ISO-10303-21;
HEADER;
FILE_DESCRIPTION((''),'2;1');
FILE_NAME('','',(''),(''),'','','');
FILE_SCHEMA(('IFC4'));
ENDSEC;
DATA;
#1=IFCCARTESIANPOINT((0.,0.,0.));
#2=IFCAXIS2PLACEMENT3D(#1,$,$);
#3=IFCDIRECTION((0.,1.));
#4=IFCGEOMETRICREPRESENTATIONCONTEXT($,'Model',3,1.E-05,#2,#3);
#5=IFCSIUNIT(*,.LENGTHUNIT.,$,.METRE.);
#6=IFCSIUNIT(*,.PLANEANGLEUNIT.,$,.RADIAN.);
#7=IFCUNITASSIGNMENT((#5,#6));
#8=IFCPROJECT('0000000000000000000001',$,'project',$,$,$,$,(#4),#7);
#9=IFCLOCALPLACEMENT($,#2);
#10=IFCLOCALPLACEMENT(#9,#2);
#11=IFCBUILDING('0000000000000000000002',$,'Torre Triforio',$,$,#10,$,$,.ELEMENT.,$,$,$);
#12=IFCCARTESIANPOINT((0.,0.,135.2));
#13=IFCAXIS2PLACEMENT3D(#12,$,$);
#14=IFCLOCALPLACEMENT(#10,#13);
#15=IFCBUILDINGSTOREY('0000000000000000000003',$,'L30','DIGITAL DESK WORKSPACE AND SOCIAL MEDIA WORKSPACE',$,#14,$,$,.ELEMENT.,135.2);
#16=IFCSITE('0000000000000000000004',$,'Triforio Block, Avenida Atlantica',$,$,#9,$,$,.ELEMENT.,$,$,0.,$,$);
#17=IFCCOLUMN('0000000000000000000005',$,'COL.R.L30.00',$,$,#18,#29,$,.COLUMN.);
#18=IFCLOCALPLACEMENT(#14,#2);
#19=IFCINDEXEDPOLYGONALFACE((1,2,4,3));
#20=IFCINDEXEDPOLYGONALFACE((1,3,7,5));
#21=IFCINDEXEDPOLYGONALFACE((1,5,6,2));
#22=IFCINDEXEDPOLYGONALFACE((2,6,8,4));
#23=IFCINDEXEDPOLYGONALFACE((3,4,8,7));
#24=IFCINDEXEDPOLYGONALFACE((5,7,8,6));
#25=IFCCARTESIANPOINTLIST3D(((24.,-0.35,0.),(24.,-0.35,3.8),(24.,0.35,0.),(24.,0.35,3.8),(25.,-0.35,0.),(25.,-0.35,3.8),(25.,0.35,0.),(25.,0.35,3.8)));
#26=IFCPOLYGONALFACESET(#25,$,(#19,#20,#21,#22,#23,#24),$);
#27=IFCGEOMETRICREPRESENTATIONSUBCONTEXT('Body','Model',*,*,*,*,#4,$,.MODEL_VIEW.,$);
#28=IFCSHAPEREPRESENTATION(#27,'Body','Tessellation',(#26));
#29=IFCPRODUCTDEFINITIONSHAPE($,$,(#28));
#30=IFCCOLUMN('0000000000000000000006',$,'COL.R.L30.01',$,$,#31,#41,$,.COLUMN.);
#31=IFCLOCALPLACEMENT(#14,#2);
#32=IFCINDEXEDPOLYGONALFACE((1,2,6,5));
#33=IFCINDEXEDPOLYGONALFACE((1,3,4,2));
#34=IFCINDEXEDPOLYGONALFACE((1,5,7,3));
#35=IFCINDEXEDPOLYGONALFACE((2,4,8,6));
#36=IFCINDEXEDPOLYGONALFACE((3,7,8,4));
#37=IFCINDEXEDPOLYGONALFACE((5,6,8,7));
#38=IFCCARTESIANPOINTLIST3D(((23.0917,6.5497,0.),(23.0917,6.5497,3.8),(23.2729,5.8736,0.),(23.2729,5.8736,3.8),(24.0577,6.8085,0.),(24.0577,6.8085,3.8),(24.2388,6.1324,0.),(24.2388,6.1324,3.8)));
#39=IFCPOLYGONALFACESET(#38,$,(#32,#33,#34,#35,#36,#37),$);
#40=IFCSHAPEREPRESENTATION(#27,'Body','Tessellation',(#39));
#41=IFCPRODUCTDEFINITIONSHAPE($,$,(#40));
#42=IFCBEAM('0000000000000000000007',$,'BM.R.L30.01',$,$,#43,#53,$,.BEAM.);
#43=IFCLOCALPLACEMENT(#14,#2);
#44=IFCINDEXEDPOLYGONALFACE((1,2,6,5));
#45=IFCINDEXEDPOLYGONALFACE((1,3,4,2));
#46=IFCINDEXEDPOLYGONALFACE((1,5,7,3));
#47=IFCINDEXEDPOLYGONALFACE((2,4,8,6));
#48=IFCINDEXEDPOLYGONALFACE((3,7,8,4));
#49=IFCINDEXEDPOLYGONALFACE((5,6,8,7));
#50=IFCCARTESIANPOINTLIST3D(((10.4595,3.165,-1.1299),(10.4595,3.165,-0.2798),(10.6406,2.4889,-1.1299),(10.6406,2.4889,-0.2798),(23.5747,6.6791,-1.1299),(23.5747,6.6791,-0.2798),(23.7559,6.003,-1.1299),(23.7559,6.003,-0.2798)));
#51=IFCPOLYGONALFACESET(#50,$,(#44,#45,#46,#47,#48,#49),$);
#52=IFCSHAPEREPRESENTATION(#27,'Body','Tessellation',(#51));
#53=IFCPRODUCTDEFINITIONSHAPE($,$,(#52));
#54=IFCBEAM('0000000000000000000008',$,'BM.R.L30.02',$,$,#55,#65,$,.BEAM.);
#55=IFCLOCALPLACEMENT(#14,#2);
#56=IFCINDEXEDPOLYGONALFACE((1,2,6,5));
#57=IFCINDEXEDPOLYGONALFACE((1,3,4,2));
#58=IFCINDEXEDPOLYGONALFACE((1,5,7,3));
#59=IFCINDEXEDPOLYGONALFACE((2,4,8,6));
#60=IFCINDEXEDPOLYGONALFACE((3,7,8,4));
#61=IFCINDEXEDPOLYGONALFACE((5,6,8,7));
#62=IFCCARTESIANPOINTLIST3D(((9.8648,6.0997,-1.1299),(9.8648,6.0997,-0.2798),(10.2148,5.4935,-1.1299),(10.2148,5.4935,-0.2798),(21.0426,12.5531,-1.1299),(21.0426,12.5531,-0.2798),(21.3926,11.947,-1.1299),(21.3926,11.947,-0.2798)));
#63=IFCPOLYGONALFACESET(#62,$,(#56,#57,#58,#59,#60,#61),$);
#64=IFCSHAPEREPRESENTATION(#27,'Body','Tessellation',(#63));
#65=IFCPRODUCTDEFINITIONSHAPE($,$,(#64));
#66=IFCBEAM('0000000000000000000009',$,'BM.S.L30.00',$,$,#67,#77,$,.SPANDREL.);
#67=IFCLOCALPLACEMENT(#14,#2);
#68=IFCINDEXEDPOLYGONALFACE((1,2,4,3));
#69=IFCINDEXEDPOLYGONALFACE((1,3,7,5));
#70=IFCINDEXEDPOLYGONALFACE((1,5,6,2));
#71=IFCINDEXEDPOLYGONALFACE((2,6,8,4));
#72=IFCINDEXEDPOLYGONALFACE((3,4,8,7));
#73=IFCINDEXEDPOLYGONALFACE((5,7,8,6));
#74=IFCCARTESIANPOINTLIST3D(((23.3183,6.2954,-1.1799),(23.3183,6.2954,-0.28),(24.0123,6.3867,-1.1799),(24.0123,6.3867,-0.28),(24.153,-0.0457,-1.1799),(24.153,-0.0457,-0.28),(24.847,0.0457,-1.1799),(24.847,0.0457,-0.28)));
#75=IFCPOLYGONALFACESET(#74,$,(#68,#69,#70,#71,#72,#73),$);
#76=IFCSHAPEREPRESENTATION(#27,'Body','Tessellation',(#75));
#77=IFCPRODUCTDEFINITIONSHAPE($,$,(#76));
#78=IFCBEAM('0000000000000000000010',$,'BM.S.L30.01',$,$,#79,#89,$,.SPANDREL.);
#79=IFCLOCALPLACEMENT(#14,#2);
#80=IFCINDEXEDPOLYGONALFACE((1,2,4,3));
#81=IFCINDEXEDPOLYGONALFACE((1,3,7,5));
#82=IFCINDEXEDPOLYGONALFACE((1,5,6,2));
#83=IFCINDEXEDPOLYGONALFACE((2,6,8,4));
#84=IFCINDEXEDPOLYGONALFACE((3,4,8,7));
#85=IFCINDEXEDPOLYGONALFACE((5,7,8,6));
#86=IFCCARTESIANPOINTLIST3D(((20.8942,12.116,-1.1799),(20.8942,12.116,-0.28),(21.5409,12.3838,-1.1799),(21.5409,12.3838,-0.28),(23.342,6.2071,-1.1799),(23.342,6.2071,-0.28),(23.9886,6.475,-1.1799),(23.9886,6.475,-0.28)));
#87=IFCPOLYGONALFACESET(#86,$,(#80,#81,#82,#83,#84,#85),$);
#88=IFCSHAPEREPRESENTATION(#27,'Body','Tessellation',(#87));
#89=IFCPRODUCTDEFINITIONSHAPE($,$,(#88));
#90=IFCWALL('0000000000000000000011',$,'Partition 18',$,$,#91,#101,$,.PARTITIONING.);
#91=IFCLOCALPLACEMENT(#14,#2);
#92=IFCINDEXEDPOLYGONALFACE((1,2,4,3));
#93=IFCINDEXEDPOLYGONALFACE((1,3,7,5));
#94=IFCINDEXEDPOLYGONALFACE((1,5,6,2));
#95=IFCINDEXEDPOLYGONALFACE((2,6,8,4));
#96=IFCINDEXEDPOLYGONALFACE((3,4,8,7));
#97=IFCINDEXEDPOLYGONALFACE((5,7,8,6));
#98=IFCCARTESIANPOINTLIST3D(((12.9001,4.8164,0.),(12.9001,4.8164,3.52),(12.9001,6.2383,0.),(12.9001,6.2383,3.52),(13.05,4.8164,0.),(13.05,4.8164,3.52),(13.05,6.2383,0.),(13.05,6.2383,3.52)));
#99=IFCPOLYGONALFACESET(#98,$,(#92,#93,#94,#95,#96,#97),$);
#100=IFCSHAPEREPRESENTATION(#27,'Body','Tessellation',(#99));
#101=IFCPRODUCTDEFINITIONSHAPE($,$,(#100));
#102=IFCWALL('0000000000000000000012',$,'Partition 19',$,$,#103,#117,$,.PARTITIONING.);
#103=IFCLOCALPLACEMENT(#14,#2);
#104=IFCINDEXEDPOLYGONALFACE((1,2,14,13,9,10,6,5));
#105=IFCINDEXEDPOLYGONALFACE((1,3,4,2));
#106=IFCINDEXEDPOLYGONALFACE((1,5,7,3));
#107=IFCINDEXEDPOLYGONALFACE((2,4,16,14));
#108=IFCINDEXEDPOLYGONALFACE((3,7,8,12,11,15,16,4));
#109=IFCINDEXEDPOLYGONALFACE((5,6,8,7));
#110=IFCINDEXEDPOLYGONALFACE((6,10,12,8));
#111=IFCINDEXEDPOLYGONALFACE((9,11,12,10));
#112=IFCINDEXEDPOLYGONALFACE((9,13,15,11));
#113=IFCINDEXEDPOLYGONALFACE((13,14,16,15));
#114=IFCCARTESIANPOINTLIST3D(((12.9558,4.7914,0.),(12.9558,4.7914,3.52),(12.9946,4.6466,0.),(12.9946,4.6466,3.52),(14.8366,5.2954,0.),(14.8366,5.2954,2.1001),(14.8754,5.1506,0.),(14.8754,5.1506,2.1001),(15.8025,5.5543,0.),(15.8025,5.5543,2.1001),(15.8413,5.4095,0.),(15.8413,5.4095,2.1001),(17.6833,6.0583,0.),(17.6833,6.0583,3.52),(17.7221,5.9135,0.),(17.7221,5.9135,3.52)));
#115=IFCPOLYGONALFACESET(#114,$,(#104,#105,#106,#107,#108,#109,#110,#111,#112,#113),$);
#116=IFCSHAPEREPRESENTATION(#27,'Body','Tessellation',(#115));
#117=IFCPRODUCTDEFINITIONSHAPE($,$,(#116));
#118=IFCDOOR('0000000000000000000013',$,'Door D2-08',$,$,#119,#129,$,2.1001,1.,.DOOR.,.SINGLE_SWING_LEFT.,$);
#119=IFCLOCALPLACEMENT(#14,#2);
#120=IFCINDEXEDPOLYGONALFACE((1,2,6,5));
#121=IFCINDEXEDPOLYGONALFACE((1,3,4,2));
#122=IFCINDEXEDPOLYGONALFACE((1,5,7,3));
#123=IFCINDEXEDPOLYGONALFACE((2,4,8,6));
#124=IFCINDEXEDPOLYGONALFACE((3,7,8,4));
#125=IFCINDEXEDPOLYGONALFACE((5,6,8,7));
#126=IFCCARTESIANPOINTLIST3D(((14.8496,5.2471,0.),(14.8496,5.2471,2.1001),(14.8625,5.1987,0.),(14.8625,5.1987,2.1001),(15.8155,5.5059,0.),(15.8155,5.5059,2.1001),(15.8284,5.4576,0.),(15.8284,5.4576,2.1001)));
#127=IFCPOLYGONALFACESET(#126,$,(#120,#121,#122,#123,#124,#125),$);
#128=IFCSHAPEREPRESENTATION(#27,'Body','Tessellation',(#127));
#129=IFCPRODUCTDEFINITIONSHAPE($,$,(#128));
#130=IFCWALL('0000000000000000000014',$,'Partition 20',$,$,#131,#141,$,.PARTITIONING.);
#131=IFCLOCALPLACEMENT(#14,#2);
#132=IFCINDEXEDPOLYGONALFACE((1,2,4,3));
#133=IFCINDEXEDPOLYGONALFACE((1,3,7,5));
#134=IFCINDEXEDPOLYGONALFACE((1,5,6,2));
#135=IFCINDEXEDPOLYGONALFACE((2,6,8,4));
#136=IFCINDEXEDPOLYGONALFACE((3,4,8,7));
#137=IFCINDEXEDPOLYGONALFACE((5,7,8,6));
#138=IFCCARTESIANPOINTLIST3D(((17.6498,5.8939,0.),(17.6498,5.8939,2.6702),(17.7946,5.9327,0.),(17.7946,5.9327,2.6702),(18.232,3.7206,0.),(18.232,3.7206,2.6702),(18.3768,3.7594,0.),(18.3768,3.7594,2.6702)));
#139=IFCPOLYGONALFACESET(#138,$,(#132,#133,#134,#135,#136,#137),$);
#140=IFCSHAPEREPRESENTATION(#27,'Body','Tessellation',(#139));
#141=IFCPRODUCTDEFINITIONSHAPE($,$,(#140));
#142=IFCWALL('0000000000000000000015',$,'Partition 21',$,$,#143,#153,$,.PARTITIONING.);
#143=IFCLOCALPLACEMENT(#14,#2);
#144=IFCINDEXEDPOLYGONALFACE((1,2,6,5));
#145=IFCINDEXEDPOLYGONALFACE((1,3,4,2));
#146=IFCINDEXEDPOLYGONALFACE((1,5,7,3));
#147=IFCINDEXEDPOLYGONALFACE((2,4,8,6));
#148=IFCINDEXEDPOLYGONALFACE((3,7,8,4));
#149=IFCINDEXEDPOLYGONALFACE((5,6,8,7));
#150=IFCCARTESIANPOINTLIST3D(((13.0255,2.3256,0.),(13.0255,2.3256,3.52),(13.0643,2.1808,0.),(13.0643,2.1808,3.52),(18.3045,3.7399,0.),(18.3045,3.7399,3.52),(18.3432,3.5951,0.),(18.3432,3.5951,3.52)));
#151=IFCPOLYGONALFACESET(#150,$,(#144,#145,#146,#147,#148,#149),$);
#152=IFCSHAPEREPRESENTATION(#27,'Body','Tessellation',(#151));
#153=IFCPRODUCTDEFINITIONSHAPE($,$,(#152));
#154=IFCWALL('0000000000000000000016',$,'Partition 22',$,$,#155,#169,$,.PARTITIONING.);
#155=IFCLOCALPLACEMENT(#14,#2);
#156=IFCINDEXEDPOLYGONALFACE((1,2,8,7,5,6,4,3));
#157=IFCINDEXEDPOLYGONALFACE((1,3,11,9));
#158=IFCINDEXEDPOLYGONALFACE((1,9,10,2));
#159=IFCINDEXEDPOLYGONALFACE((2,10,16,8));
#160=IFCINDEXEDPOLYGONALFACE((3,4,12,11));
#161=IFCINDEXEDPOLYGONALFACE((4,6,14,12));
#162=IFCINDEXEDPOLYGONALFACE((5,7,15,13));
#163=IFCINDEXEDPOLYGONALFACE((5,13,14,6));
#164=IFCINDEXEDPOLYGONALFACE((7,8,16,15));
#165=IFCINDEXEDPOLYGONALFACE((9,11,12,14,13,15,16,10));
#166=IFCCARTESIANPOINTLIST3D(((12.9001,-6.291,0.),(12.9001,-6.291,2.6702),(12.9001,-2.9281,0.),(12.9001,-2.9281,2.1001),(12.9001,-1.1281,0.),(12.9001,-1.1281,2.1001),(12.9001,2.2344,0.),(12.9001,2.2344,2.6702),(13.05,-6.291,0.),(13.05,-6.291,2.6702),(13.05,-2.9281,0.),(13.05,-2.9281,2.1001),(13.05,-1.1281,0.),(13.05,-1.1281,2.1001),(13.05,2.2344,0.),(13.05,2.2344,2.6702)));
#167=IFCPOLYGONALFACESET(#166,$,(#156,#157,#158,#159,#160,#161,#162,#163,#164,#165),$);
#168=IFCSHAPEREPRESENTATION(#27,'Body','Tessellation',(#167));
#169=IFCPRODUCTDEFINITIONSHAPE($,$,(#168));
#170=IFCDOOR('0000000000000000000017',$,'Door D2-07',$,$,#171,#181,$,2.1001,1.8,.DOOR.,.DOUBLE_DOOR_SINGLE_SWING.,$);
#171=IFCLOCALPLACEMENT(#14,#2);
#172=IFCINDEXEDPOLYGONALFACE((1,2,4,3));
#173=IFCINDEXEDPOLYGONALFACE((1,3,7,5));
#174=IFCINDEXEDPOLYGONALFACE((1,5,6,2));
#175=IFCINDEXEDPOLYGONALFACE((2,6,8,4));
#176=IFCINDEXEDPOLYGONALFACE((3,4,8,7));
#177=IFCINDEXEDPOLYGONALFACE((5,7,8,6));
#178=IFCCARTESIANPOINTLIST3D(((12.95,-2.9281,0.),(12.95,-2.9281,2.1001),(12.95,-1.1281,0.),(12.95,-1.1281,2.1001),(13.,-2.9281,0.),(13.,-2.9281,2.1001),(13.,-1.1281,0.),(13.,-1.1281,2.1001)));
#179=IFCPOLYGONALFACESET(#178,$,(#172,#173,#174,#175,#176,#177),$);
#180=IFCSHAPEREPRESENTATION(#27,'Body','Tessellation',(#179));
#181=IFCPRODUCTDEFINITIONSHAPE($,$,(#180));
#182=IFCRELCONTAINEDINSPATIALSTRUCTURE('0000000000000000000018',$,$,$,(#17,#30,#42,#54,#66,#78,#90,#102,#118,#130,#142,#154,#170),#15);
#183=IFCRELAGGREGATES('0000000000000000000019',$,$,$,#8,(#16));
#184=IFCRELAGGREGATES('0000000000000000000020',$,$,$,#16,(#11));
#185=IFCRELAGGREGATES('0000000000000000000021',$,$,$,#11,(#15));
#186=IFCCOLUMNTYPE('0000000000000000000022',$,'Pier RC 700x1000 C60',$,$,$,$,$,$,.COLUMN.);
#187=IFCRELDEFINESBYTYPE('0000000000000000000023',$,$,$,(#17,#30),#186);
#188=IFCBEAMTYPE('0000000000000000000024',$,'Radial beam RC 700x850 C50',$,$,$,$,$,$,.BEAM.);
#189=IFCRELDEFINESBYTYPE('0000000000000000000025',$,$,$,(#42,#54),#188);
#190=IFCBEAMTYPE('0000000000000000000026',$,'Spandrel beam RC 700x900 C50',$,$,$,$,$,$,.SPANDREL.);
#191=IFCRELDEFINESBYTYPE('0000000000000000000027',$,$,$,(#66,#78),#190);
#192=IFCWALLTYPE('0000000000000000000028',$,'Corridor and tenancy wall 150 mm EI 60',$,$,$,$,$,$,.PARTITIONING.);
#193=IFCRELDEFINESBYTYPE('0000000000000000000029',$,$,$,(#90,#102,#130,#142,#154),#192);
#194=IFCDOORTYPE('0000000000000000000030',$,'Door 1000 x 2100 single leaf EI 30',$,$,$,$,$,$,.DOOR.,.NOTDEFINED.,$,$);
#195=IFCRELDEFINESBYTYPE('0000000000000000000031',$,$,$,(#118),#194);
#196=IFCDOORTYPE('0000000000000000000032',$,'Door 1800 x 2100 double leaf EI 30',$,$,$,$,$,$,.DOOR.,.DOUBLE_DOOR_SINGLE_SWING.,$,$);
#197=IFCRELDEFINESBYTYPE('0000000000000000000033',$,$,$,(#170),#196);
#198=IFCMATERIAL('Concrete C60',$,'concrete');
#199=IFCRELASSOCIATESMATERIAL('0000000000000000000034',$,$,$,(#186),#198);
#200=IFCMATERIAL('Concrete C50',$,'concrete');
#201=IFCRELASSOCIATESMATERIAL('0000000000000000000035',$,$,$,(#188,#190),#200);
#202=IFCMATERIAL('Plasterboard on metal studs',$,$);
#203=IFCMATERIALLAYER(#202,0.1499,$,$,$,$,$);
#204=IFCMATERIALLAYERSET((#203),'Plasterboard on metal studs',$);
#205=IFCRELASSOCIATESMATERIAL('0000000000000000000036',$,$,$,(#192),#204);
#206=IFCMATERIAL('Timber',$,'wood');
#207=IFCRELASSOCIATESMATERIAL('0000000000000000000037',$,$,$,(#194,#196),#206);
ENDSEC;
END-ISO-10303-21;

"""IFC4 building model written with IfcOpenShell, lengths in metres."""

from ifc_helpers import new_model, si_unit, direction, frame, frame_2d, origin, origin_2d, place, context, subcontext, project, spatial, rectangle, extrude, material, layer, layer_set, material_profile, profile_set, type_object, element, fill, save


model = new_model("IFC4")

# Units and contexts
model_context = context("Model", 3, precision=1e-05, world=origin(), true_north=direction((0.0, 1.0)))
body_context = subcontext(model_context, "Body", "Model", "MODEL_VIEW")
ifc_project = project(units=[si_unit("LENGTHUNIT", "METRE"), si_unit("PLANEANGLEUNIT", "RADIAN")], contexts=[model_context])

# Site, building, storey
site_placement = place(None, origin())
site = spatial("IfcSite", under=ifc_project, at=site_placement, Name="Triforio Block, Avenida Atlantica", CompositionType="ELEMENT", RefElevation=0.0)
building_placement = place(site_placement, origin())
building = spatial("IfcBuilding", under=site, at=building_placement, Name="Torre Triforio", CompositionType="ELEMENT")
storey_placement = place(building_placement, frame((0.0, 0.0, 135.2)))
storey = spatial("IfcBuildingStorey", under=building, at=storey_placement, Name="L30", Description="DIGITAL DESK WORKSPACE AND SOCIAL MEDIA WORKSPACE", CompositionType="ELEMENT", Elevation=135.2)

# Columns
ifc_material_1 = material(Name="Concrete C60", Category="concrete")
ifc_material_profile_1 = material_profile(ifc_material_1, rectangle(XDim=0.7, YDim=1.0, at=origin_2d()), Name="RC 700x1000")
ifc_profile_set_1 = profile_set([ifc_material_profile_1], Name="Concrete C60")
column_type = type_object("IfcColumnType", Name="Pier RC 700x1000 C60", PredefinedType="COLUMN", material=ifc_profile_set_1)
for number, where, z_axis, x_axis, name in (
    (1, (24.5, 0.0, 0.0), (0.0, 0.0, 1.0), (0.0, 1.0, 0.0), "COL.R.L30.00"),
    (2, (23.6653, 6.3411, 0.0), (0.0, 0.0, 1.0), (-0.258819, 0.965926, 0.0), "COL.R.L30.01"),
):
    element("IfcColumn", number, at=place(storey_placement, frame(where, z_axis=z_axis, x_axis=x_axis)), inside=storey, type_object=column_type, Name=name, PredefinedType="COLUMN", context=body_context, shape_type="SweptSolid", body=[
        extrude(rectangle(XDim=0.7, YDim=1.0, at=origin_2d()), origin(), (0.0, 0.0, 1.0), 3.8),
    ])

# Beams
ifc_material_2 = material(Name="Concrete C50", Category="concrete")
ifc_material_profile_2 = material_profile(ifc_material_2, rectangle(XDim=0.7, YDim=0.8501, at=origin_2d()), Name="RC 700x850")
ifc_profile_set_2 = profile_set([ifc_material_profile_2], Name="Concrete C50")
beam_type_1 = type_object("IfcBeamType", Name="Radial beam RC 700x850 C50", PredefinedType="BEAM", material=ifc_profile_set_2)
beam_1_placement = place(storey_placement, frame((10.55, 2.8269, -0.7048), z_axis=(0.965927, 0.258815, 0.0), x_axis=(-0.258815, 0.965927, 0.0)))
element("IfcBeam", 3, at=beam_1_placement, inside=storey, type_object=beam_type_1, Name="BM.R.L30.01", PredefinedType="BEAM", context=body_context, shape_type="SweptSolid", body=[
    extrude(rectangle(XDim=0.7, YDim=0.8501, at=origin_2d()), origin(), (0.0, 0.0, 1.0), 13.5779),
])
beam_2_placement = place(storey_placement, frame((10.0398, 5.7966, -0.7048), z_axis=(0.866029, 0.499994, 0.0), x_axis=(-0.499994, 0.866029, 0.0)))
element("IfcBeam", 4, at=beam_2_placement, inside=storey, type_object=beam_type_1, Name="BM.R.L30.02", PredefinedType="BEAM", context=body_context, shape_type="SweptSolid", body=[
    extrude(rectangle(XDim=0.7, YDim=0.8501, at=origin_2d()), origin(), (0.0, 0.0, 1.0), 12.907),
])
ifc_material_profile_3 = material_profile(ifc_material_2, rectangle(XDim=0.7, YDim=0.8999, at=origin_2d()), Name="RC 700x900")
ifc_profile_set_3 = profile_set([ifc_material_profile_3], Name="Concrete C50")
beam_type_2 = type_object("IfcBeamType", Name="Spandrel beam RC 700x900 C50", PredefinedType="SPANDREL", material=ifc_profile_set_3)
for number, where, z_axis, x_axis, name in (
    (5, (24.5, 0.0, -0.73), (-0.130511, 0.991447, 0.0), (-0.991447, -0.130511, 0.0), "BM.S.L30.00"),
    (6, (23.6653, 6.3411, -0.73), (-0.382709, 0.923869, 0.0), (-0.923869, -0.382709, 0.0), "BM.S.L30.01"),
):
    element("IfcBeam", number, at=place(storey_placement, frame(where, z_axis=z_axis, x_axis=x_axis)), inside=storey, type_object=beam_type_2, Name=name, PredefinedType="SPANDREL", context=body_context, shape_type="SweptSolid", body=[
        extrude(rectangle(XDim=0.7, YDim=0.8999, at=origin_2d()), origin(), (0.0, 0.0, 1.0), 6.3958),
    ])

# Wall
ifc_material_3 = material(Name="Plasterboard on metal studs")
ifc_layer_1 = layer(ifc_material_3, 0.1499)
ifc_layer_set_1 = layer_set([ifc_layer_1], Name="Plasterboard on metal studs")
wall_type_1 = type_object("IfcWallType", Name="Corridor and tenancy wall 150 mm EI 60", PredefinedType="PARTITIONING", material=ifc_layer_set_1)
wall_1_placement = place(storey_placement, frame((12.9751, 6.2383, 0.0), z_axis=(0.0, 0.0, 1.0), x_axis=(0.0, -1.0, 0.0)))
element("IfcWall", 7, at=wall_1_placement, inside=storey, type_object=wall_type_1, Name="Partition 18", PredefinedType="PARTITIONING", context=body_context, shape_type="SweptSolid", body=[
    extrude(rectangle(XDim=1.4219, YDim=0.1499, at=frame_2d((0.7109, 0.0))), origin(), (0.0, 0.0, 1.0), 3.52),
])

# Wall, opening, door
wall_2_placement = place(storey_placement, frame((12.9751, 4.719, 0.0), z_axis=(0.0, 0.0, 1.0), x_axis=(0.96592, 0.258839, 0.0)))
wall_2 = element("IfcWall", 8, at=wall_2_placement, inside=storey, type_object=wall_type_1, Name="Partition 19", PredefinedType="PARTITIONING", context=body_context, shape_type="SweptSolid", body=[
    extrude(rectangle(XDim=4.8943, YDim=0.1499, at=frame_2d((2.4473, 0.0))), origin(), (0.0, 0.0, 1.0), 3.52),
])
opening_1_placement = place(wall_2_placement, frame((1.9473, 0.0, 0.0)))
opening_1 = element("IfcOpeningElement", 9, at=opening_1_placement, cuts=wall_2, PredefinedType="OPENING", context=body_context, shape_type="SweptSolid", body=[
    extrude(rectangle(XDim=1.0, YDim=2.1001, at=frame_2d((0.5, 1.05))), frame((0.0, 0.085, 0.0), z_axis=(0.0, -1.0, 0.0), x_axis=(1.0, 0.0, 0.0)), (0.0, 0.0, 1.0), 0.1699),
])
ifc_material_4 = material(Name="Timber", Category="wood")
door_type_1 = type_object("IfcDoorType", Name="Door 1000 x 2100 single leaf EI 30", OperationType="NOTDEFINED", PredefinedType="DOOR", material=ifc_material_4)
door_1_placement = place(opening_1_placement, origin())
door_1 = element("IfcDoor", 10, at=door_1_placement, inside=storey, type_object=door_type_1, Name="Door D2-08", OperationType="SINGLE_SWING_LEFT", OverallHeight=2.1001, OverallWidth=1.0, PredefinedType="DOOR", context=body_context, shape_type="SweptSolid", body=[
    extrude(rectangle(XDim=1.0, YDim=2.1001, at=frame_2d((0.5, 1.05))), frame((0.0, 0.0249, 0.0), z_axis=(0.0, -1.0, 0.0), x_axis=(1.0, 0.0, 0.0)), (0.0, 0.0, 1.0), 0.05),
])
fill(opening_1, door_1)

# Walls
wall_3_placement = place(storey_placement, frame((17.7222, 5.9133, 0.0), z_axis=(0.0, 0.0, 1.0), x_axis=(0.25879, -0.965934, 0.0)))
element("IfcWall", 11, at=wall_3_placement, inside=storey, type_object=wall_type_1, Name="Partition 20", PredefinedType="PARTITIONING", context=body_context, shape_type="SweptSolid", body=[
    extrude(rectangle(XDim=2.25, YDim=0.1499, at=frame_2d((1.125, 0.0))), origin(), (0.0, 0.0, 1.0), 2.6702),
])
wall_4_placement = place(storey_placement, frame((18.3237, 3.6675, 0.0), z_axis=(0.0, 0.0, 1.0), x_axis=(-0.965932, -0.258794, 0.0)))
element("IfcWall", 12, at=wall_4_placement, inside=storey, type_object=wall_type_1, Name="Partition 21", PredefinedType="PARTITIONING", context=body_context, shape_type="SweptSolid", body=[
    extrude(rectangle(XDim=5.4651, YDim=0.1499, at=frame_2d((2.7324, 0.0))), origin(), (0.0, 0.0, 1.0), 3.52),
])

# Wall, opening, door
wall_5_placement = place(storey_placement, frame((12.9751, 2.2344, 0.0), z_axis=(0.0, 0.0, 1.0), x_axis=(0.0, -1.0, 0.0)))
wall_5 = element("IfcWall", 13, at=wall_5_placement, inside=storey, type_object=wall_type_1, Name="Partition 22", PredefinedType="PARTITIONING", context=body_context, shape_type="SweptSolid", body=[
    extrude(rectangle(XDim=8.5254, YDim=0.1499, at=frame_2d((4.2627, 0.0))), origin(), (0.0, 0.0, 1.0), 2.6702),
])
opening_2_placement = place(wall_5_placement, frame((3.3625, 0.0, 0.0)))
opening_2 = element("IfcOpeningElement", 14, at=opening_2_placement, cuts=wall_5, PredefinedType="OPENING", context=body_context, shape_type="SweptSolid", body=[
    extrude(rectangle(XDim=1.8, YDim=2.1001, at=frame_2d((0.8999, 1.05))), frame((0.0, 0.085, 0.0), z_axis=(0.0, -1.0, 0.0), x_axis=(1.0, 0.0, 0.0)), (0.0, 0.0, 1.0), 0.1699),
])
door_type_2 = type_object("IfcDoorType", Name="Door 1800 x 2100 double leaf EI 30", OperationType="DOUBLE_DOOR_SINGLE_SWING", PredefinedType="DOOR", material=ifc_material_4)
door_2_placement = place(opening_2_placement, origin())
door_2 = element("IfcDoor", 15, at=door_2_placement, inside=storey, type_object=door_type_2, Name="Door D2-07", OperationType="DOUBLE_DOOR_SINGLE_SWING", OverallHeight=2.1001, OverallWidth=1.8, PredefinedType="DOOR", context=body_context, shape_type="SweptSolid", body=[
    extrude(rectangle(XDim=1.8, YDim=2.1001, at=frame_2d((0.8999, 1.05))), frame((0.0, 0.0249, 0.0), z_axis=(0.0, -1.0, 0.0), x_axis=(1.0, 0.0, 0.0)), (0.0, 0.0, 1.0), 0.05),
])
fill(opening_2, door_2)

save(model, "model.ifc")
